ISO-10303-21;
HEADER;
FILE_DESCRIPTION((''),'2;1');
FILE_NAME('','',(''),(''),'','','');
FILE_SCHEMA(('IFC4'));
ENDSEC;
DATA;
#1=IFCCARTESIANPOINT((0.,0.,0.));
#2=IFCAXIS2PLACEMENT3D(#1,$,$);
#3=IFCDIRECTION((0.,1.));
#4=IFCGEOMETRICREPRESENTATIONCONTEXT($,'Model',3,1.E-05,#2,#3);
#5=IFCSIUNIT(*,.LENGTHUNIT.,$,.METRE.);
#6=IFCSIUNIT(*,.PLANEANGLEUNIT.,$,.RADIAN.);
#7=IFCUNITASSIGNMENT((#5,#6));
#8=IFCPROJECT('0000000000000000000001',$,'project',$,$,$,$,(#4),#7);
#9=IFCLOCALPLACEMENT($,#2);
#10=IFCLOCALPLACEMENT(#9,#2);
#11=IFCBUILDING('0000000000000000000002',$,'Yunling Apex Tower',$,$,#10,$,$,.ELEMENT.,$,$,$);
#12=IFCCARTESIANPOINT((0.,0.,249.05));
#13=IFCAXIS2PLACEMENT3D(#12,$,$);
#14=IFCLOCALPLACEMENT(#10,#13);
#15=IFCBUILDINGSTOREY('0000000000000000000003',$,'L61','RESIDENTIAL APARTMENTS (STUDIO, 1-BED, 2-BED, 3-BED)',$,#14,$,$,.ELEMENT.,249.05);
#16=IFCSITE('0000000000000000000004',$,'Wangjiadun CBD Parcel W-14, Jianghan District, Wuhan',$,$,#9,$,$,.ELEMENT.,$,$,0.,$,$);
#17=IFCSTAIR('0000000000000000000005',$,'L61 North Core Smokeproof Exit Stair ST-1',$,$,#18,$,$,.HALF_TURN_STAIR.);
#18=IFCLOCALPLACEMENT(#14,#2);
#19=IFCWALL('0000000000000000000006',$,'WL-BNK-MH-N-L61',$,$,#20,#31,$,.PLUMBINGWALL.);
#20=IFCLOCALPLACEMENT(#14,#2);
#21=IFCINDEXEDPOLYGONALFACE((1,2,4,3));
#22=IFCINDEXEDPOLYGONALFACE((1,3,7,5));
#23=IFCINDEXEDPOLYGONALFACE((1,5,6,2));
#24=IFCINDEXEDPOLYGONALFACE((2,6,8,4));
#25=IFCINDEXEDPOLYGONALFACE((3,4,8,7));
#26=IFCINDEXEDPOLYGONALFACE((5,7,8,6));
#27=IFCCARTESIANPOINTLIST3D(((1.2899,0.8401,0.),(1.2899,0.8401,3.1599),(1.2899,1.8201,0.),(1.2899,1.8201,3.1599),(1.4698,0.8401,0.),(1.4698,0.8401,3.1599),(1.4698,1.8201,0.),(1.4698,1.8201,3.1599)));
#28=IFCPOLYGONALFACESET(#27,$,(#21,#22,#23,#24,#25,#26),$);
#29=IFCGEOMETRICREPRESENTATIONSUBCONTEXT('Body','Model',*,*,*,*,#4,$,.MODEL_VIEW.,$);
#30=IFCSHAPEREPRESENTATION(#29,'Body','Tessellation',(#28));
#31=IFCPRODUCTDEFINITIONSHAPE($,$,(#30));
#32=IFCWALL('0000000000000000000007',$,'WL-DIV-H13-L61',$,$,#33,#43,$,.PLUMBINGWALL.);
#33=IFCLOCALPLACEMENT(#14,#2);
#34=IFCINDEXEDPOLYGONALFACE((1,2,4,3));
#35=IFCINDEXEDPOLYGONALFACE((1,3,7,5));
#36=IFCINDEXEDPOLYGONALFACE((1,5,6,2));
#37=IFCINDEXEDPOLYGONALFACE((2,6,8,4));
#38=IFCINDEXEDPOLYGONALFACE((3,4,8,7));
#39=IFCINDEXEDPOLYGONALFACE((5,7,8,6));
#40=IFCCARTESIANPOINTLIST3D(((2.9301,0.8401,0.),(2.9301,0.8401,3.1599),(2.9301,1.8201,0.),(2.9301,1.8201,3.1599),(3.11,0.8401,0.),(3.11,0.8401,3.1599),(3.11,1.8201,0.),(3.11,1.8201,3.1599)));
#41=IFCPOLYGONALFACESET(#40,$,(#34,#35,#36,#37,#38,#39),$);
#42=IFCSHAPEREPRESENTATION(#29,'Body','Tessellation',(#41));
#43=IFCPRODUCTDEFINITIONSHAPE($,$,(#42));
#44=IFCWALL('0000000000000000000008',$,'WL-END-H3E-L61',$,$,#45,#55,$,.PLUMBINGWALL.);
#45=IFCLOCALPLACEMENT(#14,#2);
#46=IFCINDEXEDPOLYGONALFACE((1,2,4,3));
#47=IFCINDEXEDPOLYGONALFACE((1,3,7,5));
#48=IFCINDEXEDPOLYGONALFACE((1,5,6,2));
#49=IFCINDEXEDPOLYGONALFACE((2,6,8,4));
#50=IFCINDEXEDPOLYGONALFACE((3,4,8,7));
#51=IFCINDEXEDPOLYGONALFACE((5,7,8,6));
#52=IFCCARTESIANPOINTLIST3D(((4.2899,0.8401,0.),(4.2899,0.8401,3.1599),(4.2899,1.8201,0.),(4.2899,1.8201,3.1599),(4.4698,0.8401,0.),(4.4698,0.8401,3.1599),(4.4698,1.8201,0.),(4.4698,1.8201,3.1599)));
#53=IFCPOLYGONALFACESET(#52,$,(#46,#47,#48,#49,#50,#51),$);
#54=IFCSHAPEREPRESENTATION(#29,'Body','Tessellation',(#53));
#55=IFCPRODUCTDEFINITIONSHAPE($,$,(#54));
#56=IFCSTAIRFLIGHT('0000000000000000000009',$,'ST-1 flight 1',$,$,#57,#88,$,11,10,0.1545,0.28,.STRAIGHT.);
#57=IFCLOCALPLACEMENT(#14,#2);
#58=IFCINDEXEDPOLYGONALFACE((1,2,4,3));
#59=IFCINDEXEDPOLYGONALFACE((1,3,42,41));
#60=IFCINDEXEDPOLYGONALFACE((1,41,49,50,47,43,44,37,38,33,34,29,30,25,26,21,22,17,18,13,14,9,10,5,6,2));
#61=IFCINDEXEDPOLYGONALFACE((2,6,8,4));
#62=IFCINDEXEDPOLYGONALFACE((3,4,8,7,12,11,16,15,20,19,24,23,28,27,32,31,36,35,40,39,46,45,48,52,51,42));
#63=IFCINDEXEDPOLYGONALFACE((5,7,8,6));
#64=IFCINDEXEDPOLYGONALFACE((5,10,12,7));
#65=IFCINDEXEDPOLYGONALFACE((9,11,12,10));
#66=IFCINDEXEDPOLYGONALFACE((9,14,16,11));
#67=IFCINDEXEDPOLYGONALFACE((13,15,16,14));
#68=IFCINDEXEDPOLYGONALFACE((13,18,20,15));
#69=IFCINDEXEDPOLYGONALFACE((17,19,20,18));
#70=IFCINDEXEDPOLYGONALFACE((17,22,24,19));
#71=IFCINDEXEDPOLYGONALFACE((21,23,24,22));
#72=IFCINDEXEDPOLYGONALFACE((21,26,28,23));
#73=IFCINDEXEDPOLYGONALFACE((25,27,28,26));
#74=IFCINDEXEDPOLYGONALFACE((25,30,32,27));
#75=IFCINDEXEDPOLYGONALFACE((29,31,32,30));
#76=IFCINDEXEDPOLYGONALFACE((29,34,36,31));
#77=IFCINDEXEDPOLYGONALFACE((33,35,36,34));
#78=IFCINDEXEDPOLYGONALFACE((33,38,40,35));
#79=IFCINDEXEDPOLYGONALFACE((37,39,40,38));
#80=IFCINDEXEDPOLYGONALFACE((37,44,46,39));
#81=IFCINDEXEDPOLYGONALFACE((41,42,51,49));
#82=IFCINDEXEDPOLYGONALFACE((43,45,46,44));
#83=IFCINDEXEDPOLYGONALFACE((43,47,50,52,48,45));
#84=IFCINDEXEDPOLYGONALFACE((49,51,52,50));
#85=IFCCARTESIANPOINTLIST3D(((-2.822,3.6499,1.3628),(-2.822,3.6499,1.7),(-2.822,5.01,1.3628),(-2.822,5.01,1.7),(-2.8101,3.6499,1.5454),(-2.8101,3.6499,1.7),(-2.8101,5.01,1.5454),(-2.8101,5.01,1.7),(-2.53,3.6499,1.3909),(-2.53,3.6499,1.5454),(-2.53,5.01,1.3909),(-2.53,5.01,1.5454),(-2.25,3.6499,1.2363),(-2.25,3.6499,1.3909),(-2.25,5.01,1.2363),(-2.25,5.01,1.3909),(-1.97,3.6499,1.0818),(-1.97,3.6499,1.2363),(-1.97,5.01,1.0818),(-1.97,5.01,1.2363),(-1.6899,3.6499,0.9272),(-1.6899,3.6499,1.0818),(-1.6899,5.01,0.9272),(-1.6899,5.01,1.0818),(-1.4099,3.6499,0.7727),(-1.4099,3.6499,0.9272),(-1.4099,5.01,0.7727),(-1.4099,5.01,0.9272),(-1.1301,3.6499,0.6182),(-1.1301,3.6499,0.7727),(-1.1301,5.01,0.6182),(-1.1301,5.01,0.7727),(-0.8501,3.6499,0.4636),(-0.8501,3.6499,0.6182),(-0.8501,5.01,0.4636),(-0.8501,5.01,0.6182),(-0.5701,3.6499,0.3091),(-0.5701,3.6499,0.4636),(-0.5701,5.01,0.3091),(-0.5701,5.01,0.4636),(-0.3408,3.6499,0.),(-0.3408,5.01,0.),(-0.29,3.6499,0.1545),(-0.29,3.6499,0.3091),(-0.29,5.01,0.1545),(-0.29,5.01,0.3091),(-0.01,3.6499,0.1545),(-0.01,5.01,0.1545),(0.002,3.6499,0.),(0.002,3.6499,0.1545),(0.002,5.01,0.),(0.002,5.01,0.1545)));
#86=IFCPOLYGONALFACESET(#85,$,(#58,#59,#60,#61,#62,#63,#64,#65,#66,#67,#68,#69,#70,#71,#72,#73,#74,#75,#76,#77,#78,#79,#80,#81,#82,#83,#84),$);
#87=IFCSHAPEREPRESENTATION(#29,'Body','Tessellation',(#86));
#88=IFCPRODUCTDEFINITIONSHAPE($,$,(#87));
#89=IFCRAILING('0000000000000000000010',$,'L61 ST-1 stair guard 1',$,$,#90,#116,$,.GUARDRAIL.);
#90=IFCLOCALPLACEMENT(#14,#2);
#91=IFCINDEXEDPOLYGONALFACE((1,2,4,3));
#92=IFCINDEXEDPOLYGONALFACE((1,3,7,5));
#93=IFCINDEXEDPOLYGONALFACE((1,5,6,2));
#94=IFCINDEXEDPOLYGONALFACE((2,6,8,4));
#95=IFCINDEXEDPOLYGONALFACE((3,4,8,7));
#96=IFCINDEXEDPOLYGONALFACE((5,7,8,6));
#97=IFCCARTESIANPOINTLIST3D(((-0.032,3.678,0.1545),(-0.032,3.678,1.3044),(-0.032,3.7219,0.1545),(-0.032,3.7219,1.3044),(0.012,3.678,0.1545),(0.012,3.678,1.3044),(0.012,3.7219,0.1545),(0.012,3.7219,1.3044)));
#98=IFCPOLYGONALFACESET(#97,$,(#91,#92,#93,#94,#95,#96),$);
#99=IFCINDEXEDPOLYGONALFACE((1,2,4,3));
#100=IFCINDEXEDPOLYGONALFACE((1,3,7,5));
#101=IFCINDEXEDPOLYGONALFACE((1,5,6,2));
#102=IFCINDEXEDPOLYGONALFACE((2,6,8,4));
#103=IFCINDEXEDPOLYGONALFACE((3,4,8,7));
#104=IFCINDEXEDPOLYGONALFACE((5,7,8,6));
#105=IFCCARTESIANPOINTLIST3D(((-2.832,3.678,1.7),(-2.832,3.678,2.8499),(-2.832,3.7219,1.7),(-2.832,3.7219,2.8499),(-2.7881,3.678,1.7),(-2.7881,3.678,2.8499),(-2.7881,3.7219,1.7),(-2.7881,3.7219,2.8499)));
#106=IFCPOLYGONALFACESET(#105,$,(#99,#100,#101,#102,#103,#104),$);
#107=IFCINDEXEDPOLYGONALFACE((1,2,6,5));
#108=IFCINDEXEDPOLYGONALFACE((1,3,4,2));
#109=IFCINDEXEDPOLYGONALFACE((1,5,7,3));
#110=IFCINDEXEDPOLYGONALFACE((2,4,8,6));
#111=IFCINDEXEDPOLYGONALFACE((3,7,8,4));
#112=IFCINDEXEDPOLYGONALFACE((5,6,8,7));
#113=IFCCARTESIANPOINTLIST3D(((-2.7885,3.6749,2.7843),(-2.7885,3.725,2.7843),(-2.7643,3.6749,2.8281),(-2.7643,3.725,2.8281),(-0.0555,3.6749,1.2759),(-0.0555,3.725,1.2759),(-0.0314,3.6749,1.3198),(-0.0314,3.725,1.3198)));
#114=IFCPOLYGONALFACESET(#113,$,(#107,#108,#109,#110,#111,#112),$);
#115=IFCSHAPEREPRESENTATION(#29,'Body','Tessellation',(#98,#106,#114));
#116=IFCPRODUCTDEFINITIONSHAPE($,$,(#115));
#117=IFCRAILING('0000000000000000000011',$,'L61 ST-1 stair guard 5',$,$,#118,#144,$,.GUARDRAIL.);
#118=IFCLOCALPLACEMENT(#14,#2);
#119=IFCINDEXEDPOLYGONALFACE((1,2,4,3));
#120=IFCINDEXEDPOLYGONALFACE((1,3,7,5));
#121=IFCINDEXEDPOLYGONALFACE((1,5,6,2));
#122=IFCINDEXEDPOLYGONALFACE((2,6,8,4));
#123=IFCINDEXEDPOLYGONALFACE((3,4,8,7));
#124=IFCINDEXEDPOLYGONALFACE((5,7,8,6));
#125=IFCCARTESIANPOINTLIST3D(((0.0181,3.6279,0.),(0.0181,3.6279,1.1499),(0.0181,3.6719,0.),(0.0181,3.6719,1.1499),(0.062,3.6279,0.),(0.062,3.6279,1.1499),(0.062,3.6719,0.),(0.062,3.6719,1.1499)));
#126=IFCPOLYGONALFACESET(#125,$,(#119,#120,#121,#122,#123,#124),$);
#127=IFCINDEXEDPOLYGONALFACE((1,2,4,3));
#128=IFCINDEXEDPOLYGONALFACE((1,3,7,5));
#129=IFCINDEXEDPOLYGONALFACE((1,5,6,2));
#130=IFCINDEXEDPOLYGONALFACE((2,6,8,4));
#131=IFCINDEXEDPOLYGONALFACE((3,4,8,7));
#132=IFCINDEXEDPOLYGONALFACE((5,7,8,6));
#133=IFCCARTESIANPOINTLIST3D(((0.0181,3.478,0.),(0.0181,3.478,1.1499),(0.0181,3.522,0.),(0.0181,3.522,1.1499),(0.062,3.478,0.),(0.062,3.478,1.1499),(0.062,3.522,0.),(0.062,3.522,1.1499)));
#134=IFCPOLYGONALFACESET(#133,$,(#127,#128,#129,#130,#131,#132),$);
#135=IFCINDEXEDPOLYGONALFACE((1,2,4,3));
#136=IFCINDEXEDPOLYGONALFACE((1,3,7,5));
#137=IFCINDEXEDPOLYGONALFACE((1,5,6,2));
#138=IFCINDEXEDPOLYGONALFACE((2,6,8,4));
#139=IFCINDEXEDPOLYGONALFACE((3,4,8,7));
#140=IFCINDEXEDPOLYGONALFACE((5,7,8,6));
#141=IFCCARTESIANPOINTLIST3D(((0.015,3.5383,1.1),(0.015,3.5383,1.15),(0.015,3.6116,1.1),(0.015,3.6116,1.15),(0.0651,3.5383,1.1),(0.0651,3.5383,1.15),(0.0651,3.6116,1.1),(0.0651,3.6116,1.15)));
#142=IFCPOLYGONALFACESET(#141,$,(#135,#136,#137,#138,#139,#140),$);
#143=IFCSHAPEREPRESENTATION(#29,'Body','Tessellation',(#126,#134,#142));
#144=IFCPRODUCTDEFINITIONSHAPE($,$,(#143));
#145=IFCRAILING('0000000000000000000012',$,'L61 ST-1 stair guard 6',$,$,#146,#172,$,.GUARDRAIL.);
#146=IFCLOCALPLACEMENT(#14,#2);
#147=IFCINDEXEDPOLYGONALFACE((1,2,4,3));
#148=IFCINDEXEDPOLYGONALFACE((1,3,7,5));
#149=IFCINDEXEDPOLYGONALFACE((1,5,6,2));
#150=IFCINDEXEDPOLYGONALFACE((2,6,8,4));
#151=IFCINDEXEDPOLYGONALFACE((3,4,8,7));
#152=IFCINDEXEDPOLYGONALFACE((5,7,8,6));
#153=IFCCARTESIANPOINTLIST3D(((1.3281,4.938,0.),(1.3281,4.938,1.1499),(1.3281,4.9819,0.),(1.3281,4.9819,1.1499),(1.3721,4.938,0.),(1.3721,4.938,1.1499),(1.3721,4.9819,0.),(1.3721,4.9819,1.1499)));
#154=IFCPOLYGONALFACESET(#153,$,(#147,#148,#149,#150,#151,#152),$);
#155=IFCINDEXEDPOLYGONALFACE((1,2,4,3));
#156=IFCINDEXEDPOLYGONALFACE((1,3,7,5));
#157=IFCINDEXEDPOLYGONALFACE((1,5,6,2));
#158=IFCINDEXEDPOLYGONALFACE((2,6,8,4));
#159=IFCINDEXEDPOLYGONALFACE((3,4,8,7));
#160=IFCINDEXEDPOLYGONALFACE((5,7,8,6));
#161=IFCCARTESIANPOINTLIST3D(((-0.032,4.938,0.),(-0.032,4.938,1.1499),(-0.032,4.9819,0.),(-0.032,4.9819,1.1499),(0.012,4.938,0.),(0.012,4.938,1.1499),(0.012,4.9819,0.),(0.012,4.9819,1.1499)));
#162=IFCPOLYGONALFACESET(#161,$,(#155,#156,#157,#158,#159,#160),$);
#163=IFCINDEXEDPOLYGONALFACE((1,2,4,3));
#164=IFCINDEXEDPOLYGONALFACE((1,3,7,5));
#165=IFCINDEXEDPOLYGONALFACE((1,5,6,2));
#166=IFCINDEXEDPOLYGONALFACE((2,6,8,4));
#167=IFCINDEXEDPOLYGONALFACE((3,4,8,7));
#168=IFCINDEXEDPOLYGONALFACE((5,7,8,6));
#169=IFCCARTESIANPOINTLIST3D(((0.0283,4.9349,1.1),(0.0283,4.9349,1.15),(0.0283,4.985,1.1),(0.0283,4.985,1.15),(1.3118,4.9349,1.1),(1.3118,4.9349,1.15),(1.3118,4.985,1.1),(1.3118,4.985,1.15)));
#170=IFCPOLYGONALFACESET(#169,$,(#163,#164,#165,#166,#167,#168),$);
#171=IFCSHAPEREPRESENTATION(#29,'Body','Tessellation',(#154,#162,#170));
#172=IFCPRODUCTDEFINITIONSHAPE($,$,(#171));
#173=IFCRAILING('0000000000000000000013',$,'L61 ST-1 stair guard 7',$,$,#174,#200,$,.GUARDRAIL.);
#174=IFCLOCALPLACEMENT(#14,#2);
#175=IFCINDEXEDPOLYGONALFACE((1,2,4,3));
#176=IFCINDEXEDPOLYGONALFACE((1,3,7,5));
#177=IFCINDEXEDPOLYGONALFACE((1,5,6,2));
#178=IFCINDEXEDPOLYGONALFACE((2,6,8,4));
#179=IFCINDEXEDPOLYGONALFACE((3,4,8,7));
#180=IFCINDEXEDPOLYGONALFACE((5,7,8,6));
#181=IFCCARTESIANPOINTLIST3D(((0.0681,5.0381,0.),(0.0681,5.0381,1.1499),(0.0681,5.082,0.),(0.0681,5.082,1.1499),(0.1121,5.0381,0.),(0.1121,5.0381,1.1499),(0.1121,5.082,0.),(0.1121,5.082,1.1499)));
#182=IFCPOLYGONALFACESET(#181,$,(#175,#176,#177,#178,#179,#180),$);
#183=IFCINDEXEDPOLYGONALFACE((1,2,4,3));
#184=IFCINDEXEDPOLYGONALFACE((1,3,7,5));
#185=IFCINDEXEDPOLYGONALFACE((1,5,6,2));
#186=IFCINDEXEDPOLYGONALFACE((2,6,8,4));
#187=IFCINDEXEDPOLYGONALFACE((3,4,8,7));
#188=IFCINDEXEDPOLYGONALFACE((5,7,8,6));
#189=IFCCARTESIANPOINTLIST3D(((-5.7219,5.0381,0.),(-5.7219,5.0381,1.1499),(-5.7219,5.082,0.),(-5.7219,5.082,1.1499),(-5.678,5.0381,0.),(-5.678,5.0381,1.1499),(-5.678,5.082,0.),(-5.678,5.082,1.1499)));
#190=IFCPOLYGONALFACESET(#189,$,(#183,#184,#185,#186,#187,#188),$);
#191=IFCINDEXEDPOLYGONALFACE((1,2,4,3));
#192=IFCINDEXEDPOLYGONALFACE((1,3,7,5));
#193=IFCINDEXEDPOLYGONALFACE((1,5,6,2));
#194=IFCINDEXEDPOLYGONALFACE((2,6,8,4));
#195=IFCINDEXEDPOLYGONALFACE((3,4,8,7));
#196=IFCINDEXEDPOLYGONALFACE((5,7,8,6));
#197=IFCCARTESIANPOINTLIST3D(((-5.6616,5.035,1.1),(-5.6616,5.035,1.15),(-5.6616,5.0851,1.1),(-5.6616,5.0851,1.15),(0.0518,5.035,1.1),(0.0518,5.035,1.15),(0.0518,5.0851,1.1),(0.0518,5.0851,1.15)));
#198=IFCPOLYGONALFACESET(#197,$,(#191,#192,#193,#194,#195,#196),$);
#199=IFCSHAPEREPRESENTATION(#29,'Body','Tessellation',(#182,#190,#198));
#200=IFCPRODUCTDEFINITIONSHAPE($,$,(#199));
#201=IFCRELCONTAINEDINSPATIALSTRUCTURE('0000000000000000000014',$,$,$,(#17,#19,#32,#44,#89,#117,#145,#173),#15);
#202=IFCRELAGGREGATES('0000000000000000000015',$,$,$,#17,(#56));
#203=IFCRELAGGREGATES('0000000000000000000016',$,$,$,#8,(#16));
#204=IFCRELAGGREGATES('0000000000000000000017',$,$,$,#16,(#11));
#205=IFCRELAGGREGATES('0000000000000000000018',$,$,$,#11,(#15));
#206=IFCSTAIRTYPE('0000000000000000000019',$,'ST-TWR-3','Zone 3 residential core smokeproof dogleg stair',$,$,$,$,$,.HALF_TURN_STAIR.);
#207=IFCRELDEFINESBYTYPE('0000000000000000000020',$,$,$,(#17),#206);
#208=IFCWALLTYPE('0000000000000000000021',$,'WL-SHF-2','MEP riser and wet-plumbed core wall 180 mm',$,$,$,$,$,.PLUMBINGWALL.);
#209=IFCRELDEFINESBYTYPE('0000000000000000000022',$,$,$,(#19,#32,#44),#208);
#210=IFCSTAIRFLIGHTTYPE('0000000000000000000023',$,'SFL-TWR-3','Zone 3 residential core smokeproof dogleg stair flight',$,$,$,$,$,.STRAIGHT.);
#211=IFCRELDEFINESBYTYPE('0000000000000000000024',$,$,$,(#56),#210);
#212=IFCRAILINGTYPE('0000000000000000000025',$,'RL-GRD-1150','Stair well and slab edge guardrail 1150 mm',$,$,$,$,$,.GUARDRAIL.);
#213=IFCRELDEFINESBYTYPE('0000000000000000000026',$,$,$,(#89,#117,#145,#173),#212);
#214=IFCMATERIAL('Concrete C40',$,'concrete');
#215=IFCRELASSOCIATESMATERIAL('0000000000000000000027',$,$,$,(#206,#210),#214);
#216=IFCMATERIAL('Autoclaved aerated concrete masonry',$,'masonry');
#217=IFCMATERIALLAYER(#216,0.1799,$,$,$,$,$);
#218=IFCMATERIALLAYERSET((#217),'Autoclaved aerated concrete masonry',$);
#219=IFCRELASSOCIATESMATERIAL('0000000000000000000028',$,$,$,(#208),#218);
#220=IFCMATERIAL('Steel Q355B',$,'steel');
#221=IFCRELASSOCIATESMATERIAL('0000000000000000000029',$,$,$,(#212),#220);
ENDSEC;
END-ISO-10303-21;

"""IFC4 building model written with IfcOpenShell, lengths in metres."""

from ifc_helpers import new_model, si_unit, direction, frame, frame_2d, origin, origin_2d, place, context, subcontext, project, spatial, polyline, rectangle, outline, extrude, material, layer, layer_set, type_object, element, aggregate, save


model = new_model("IFC4")

# Units and contexts
model_context = context("Model", 3, precision=1e-05, world=origin(), true_north=direction((0.0, 1.0)))
body_context = subcontext(model_context, "Body", "Model", "MODEL_VIEW")
ifc_project = project(units=[si_unit("LENGTHUNIT", "METRE"), si_unit("PLANEANGLEUNIT", "RADIAN")], contexts=[model_context])

# Site, building, storey
site_placement = place(None, origin())
site = spatial("IfcSite", under=ifc_project, at=site_placement, Name="Wangjiadun CBD Parcel W-14, Jianghan District, Wuhan", CompositionType="ELEMENT", RefElevation=0.0)
building_placement = place(site_placement, origin())
building = spatial("IfcBuilding", under=site, at=building_placement, Name="Yunling Apex Tower", CompositionType="ELEMENT")
storey_placement = place(building_placement, frame((0.0, 0.0, 249.05)))
storey = spatial("IfcBuildingStorey", under=building, at=storey_placement, Name="L61", Description="RESIDENTIAL APARTMENTS (STUDIO, 1-BED, 2-BED, 3-BED)", CompositionType="ELEMENT", Elevation=249.05)

# Shared definitions
ifc_material_1 = material(Name="Steel Q355B", Category="steel")

# Shared definitions
ifc_material_2 = material(Name="Concrete C40", Category="concrete")

# Stair
stair_type = type_object("IfcStairType", Name="ST-TWR-3", Description="Zone 3 residential core smokeproof dogleg stair", PredefinedType="HALF_TURN_STAIR", material=ifc_material_2)
stair_1_placement = place(storey_placement, origin())
stair_1 = element("IfcStair", 1, at=stair_1_placement, inside=storey, type_object=stair_type, Name="L61 North Core Smokeproof Exit Stair ST-1", PredefinedType="HALF_TURN_STAIR")

# Shared definitions
ifc_material_3 = material(Name="Autoclaved aerated concrete masonry", Category="masonry")

# Walls
ifc_layer_1 = layer(ifc_material_3, 0.1799)
ifc_layer_set_1 = layer_set([ifc_layer_1], Name="Autoclaved aerated concrete masonry")
wall_type_1 = type_object("IfcWallType", Name="WL-SHF-2", Description="MEP riser and wet-plumbed core wall 180 mm", PredefinedType="PLUMBINGWALL", material=ifc_layer_set_1)
for number, where, z_axis, x_axis, name in (
    (2, (1.3799, 0.8401, 0.0), (0.0, 0.0, 1.0), (0.0, 1.0, 0.0), "WL-BNK-MH-N-L61"),
    (3, (3.02, 0.8401, 0.0), (0.0, 0.0, 1.0), (0.0, 1.0, 0.0), "WL-DIV-H13-L61"),
    (4, (4.3799, 0.8401, 0.0), (0.0, 0.0, 1.0), (0.0, 1.0, 0.0), "WL-END-H3E-L61"),
):
    element("IfcWall", number, at=place(storey_placement, frame(where, z_axis=z_axis, x_axis=x_axis)), inside=storey, type_object=wall_type_1, Name=name, PredefinedType="PLUMBINGWALL", context=body_context, shape_type="SweptSolid", body=[
        extrude(rectangle(XDim=0.98, YDim=0.1799, at=frame_2d((0.49, 0.0))), origin(), (0.0, 0.0, 1.0), 3.1599),
    ])

# Stair flight
stair_flight_type = type_object("IfcStairFlightType", Name="SFL-TWR-3", Description="Zone 3 residential core smokeproof dogleg stair flight", PredefinedType="STRAIGHT", material=ifc_material_2)
stair_flight_placement = place(storey_placement, frame((-0.01, 4.3301, 0.0), z_axis=(0.0, 0.0, 1.0), x_axis=(-1.0, 0.0, 0.0)))
stair_flight = element("IfcStairFlight", 5, at=stair_flight_placement, type_object=stair_flight_type, Name="ST-1 flight 1", NumberOfRisers=11, NumberOfTreads=10, PredefinedType="STRAIGHT", RiserHeight=0.1545, TreadLength=0.28, context=body_context, shape_type="SweptSolid", body=[
    extrude(outline(polyline([(-0.012, 0.0), (-0.012, 0.1545), (0.0, 0.1545), (0.28, 0.1545), (0.28, 0.3091), (0.5601, 0.3091), (0.5601, 0.4636), (0.8401, 0.4636), (0.8401, 0.6182), (1.1201, 0.6182), (1.1201, 0.7727), (1.3999, 0.7727), (1.3999, 0.9272), (1.6799, 0.9272), (1.6799, 1.0818), (1.96, 1.0818), (1.96, 1.2363), (2.24, 1.2363), (2.24, 1.3909), (2.52, 1.3909), (2.52, 1.5454), (2.8, 1.5454), (2.8, 1.7), (2.812, 1.7), (2.812, 1.3628), (0.3308, 0.0), (-0.012, 0.0)])), frame((0.0, 0.6802, 0.0), z_axis=(0.0, -1.0, 0.0), x_axis=(1.0, 0.0, 0.0)), (0.0, 0.0, 1.0), 1.3601),
])
aggregate(stair_1, [stair_flight])

# Railings
railing_type_1 = type_object("IfcRailingType", Name="RL-GRD-1150", Description="Stair well and slab edge guardrail 1150 mm", PredefinedType="GUARDRAIL", material=ifc_material_1)
railing_1_placement = place(storey_placement, frame((-0.01, 3.7, 0.1545)))
element("IfcRailing", 6, at=railing_1_placement, inside=storey, type_object=railing_type_1, Name="L61 ST-1 stair guard 1", PredefinedType="GUARDRAIL", context=body_context, shape_type="SweptSolid", body=[
    extrude(rectangle(XDim=0.0439, YDim=0.0439, at=origin_2d()), origin(), (0.0, 0.0, 1.0), 1.1499),
    extrude(rectangle(XDim=0.0439, YDim=0.0439, at=origin_2d()), frame((-2.8, 0.0, 1.5454)), (0.0, 0.0, 1.0), 1.1499),
    extrude(rectangle(XDim=0.05, YDim=0.05, at=origin_2d()), frame((-0.0334, 0.0, 1.1433), z_axis=(-0.875504, 0.0, 0.483211), x_axis=(0.0, -1.0, 0.0)), (0.0, 0.0, 1.0), 3.1216),
])
railing_2_placement = place(storey_placement, frame((0.04, 3.6499, 0.0)))
element("IfcRailing", 7, at=railing_2_placement, inside=storey, type_object=railing_type_1, Name="L61 ST-1 stair guard 5", PredefinedType="GUARDRAIL", context=body_context, shape_type="SweptSolid", body=[
    extrude(rectangle(XDim=0.0439, YDim=0.0439, at=origin_2d()), origin(), (0.0, 0.0, 1.0), 1.1499),
    extrude(rectangle(XDim=0.0439, YDim=0.0439, at=origin_2d()), frame((0.0, -0.1499, 0.0)), (0.0, 0.0, 1.0), 1.1499),
    extrude(rectangle(XDim=0.05, YDim=0.05, at=origin_2d()), frame((0.0, -0.0383, 1.125), z_axis=(0.0, -1.0, 0.0), x_axis=(1.0, 0.0, 0.0)), (0.0, 0.0, 1.0), 0.0732),
])
railing_3_placement = place(storey_placement, frame((1.3501, 4.96, 0.0)))
element("IfcRailing", 8, at=railing_3_placement, inside=storey, type_object=railing_type_1, Name="L61 ST-1 stair guard 6", PredefinedType="GUARDRAIL", context=body_context, shape_type="SweptSolid", body=[
    extrude(rectangle(XDim=0.0439, YDim=0.0439, at=origin_2d()), origin(), (0.0, 0.0, 1.0), 1.1499),
    extrude(rectangle(XDim=0.0439, YDim=0.0439, at=origin_2d()), frame((-1.3601, 0.0, 0.0)), (0.0, 0.0, 1.0), 1.1499),
    extrude(rectangle(XDim=0.05, YDim=0.05, at=origin_2d()), frame((-0.0383, 0.0, 1.125), z_axis=(-1.0, 0.0, 0.0), x_axis=(0.0, -1.0, 0.0)), (0.0, 0.0, 1.0), 1.2834),
])
railing_4_placement = place(storey_placement, frame((0.0901, 5.0601, 0.0)))
element("IfcRailing", 9, at=railing_4_placement, inside=storey, type_object=railing_type_1, Name="L61 ST-1 stair guard 7", PredefinedType="GUARDRAIL", context=body_context, shape_type="SweptSolid", body=[
    extrude(rectangle(XDim=0.0439, YDim=0.0439, at=origin_2d()), origin(), (0.0, 0.0, 1.0), 1.1499),
    extrude(rectangle(XDim=0.0439, YDim=0.0439, at=origin_2d()), frame((-5.79, 0.0, 0.0)), (0.0, 0.0, 1.0), 1.1499),
    extrude(rectangle(XDim=0.05, YDim=0.05, at=origin_2d()), frame((-0.0383, 0.0, 1.125), z_axis=(-1.0, 0.0, 0.0), x_axis=(0.0, -1.0, 0.0)), (0.0, 0.0, 1.0), 5.7134),
])

save(model, "model.ifc")
